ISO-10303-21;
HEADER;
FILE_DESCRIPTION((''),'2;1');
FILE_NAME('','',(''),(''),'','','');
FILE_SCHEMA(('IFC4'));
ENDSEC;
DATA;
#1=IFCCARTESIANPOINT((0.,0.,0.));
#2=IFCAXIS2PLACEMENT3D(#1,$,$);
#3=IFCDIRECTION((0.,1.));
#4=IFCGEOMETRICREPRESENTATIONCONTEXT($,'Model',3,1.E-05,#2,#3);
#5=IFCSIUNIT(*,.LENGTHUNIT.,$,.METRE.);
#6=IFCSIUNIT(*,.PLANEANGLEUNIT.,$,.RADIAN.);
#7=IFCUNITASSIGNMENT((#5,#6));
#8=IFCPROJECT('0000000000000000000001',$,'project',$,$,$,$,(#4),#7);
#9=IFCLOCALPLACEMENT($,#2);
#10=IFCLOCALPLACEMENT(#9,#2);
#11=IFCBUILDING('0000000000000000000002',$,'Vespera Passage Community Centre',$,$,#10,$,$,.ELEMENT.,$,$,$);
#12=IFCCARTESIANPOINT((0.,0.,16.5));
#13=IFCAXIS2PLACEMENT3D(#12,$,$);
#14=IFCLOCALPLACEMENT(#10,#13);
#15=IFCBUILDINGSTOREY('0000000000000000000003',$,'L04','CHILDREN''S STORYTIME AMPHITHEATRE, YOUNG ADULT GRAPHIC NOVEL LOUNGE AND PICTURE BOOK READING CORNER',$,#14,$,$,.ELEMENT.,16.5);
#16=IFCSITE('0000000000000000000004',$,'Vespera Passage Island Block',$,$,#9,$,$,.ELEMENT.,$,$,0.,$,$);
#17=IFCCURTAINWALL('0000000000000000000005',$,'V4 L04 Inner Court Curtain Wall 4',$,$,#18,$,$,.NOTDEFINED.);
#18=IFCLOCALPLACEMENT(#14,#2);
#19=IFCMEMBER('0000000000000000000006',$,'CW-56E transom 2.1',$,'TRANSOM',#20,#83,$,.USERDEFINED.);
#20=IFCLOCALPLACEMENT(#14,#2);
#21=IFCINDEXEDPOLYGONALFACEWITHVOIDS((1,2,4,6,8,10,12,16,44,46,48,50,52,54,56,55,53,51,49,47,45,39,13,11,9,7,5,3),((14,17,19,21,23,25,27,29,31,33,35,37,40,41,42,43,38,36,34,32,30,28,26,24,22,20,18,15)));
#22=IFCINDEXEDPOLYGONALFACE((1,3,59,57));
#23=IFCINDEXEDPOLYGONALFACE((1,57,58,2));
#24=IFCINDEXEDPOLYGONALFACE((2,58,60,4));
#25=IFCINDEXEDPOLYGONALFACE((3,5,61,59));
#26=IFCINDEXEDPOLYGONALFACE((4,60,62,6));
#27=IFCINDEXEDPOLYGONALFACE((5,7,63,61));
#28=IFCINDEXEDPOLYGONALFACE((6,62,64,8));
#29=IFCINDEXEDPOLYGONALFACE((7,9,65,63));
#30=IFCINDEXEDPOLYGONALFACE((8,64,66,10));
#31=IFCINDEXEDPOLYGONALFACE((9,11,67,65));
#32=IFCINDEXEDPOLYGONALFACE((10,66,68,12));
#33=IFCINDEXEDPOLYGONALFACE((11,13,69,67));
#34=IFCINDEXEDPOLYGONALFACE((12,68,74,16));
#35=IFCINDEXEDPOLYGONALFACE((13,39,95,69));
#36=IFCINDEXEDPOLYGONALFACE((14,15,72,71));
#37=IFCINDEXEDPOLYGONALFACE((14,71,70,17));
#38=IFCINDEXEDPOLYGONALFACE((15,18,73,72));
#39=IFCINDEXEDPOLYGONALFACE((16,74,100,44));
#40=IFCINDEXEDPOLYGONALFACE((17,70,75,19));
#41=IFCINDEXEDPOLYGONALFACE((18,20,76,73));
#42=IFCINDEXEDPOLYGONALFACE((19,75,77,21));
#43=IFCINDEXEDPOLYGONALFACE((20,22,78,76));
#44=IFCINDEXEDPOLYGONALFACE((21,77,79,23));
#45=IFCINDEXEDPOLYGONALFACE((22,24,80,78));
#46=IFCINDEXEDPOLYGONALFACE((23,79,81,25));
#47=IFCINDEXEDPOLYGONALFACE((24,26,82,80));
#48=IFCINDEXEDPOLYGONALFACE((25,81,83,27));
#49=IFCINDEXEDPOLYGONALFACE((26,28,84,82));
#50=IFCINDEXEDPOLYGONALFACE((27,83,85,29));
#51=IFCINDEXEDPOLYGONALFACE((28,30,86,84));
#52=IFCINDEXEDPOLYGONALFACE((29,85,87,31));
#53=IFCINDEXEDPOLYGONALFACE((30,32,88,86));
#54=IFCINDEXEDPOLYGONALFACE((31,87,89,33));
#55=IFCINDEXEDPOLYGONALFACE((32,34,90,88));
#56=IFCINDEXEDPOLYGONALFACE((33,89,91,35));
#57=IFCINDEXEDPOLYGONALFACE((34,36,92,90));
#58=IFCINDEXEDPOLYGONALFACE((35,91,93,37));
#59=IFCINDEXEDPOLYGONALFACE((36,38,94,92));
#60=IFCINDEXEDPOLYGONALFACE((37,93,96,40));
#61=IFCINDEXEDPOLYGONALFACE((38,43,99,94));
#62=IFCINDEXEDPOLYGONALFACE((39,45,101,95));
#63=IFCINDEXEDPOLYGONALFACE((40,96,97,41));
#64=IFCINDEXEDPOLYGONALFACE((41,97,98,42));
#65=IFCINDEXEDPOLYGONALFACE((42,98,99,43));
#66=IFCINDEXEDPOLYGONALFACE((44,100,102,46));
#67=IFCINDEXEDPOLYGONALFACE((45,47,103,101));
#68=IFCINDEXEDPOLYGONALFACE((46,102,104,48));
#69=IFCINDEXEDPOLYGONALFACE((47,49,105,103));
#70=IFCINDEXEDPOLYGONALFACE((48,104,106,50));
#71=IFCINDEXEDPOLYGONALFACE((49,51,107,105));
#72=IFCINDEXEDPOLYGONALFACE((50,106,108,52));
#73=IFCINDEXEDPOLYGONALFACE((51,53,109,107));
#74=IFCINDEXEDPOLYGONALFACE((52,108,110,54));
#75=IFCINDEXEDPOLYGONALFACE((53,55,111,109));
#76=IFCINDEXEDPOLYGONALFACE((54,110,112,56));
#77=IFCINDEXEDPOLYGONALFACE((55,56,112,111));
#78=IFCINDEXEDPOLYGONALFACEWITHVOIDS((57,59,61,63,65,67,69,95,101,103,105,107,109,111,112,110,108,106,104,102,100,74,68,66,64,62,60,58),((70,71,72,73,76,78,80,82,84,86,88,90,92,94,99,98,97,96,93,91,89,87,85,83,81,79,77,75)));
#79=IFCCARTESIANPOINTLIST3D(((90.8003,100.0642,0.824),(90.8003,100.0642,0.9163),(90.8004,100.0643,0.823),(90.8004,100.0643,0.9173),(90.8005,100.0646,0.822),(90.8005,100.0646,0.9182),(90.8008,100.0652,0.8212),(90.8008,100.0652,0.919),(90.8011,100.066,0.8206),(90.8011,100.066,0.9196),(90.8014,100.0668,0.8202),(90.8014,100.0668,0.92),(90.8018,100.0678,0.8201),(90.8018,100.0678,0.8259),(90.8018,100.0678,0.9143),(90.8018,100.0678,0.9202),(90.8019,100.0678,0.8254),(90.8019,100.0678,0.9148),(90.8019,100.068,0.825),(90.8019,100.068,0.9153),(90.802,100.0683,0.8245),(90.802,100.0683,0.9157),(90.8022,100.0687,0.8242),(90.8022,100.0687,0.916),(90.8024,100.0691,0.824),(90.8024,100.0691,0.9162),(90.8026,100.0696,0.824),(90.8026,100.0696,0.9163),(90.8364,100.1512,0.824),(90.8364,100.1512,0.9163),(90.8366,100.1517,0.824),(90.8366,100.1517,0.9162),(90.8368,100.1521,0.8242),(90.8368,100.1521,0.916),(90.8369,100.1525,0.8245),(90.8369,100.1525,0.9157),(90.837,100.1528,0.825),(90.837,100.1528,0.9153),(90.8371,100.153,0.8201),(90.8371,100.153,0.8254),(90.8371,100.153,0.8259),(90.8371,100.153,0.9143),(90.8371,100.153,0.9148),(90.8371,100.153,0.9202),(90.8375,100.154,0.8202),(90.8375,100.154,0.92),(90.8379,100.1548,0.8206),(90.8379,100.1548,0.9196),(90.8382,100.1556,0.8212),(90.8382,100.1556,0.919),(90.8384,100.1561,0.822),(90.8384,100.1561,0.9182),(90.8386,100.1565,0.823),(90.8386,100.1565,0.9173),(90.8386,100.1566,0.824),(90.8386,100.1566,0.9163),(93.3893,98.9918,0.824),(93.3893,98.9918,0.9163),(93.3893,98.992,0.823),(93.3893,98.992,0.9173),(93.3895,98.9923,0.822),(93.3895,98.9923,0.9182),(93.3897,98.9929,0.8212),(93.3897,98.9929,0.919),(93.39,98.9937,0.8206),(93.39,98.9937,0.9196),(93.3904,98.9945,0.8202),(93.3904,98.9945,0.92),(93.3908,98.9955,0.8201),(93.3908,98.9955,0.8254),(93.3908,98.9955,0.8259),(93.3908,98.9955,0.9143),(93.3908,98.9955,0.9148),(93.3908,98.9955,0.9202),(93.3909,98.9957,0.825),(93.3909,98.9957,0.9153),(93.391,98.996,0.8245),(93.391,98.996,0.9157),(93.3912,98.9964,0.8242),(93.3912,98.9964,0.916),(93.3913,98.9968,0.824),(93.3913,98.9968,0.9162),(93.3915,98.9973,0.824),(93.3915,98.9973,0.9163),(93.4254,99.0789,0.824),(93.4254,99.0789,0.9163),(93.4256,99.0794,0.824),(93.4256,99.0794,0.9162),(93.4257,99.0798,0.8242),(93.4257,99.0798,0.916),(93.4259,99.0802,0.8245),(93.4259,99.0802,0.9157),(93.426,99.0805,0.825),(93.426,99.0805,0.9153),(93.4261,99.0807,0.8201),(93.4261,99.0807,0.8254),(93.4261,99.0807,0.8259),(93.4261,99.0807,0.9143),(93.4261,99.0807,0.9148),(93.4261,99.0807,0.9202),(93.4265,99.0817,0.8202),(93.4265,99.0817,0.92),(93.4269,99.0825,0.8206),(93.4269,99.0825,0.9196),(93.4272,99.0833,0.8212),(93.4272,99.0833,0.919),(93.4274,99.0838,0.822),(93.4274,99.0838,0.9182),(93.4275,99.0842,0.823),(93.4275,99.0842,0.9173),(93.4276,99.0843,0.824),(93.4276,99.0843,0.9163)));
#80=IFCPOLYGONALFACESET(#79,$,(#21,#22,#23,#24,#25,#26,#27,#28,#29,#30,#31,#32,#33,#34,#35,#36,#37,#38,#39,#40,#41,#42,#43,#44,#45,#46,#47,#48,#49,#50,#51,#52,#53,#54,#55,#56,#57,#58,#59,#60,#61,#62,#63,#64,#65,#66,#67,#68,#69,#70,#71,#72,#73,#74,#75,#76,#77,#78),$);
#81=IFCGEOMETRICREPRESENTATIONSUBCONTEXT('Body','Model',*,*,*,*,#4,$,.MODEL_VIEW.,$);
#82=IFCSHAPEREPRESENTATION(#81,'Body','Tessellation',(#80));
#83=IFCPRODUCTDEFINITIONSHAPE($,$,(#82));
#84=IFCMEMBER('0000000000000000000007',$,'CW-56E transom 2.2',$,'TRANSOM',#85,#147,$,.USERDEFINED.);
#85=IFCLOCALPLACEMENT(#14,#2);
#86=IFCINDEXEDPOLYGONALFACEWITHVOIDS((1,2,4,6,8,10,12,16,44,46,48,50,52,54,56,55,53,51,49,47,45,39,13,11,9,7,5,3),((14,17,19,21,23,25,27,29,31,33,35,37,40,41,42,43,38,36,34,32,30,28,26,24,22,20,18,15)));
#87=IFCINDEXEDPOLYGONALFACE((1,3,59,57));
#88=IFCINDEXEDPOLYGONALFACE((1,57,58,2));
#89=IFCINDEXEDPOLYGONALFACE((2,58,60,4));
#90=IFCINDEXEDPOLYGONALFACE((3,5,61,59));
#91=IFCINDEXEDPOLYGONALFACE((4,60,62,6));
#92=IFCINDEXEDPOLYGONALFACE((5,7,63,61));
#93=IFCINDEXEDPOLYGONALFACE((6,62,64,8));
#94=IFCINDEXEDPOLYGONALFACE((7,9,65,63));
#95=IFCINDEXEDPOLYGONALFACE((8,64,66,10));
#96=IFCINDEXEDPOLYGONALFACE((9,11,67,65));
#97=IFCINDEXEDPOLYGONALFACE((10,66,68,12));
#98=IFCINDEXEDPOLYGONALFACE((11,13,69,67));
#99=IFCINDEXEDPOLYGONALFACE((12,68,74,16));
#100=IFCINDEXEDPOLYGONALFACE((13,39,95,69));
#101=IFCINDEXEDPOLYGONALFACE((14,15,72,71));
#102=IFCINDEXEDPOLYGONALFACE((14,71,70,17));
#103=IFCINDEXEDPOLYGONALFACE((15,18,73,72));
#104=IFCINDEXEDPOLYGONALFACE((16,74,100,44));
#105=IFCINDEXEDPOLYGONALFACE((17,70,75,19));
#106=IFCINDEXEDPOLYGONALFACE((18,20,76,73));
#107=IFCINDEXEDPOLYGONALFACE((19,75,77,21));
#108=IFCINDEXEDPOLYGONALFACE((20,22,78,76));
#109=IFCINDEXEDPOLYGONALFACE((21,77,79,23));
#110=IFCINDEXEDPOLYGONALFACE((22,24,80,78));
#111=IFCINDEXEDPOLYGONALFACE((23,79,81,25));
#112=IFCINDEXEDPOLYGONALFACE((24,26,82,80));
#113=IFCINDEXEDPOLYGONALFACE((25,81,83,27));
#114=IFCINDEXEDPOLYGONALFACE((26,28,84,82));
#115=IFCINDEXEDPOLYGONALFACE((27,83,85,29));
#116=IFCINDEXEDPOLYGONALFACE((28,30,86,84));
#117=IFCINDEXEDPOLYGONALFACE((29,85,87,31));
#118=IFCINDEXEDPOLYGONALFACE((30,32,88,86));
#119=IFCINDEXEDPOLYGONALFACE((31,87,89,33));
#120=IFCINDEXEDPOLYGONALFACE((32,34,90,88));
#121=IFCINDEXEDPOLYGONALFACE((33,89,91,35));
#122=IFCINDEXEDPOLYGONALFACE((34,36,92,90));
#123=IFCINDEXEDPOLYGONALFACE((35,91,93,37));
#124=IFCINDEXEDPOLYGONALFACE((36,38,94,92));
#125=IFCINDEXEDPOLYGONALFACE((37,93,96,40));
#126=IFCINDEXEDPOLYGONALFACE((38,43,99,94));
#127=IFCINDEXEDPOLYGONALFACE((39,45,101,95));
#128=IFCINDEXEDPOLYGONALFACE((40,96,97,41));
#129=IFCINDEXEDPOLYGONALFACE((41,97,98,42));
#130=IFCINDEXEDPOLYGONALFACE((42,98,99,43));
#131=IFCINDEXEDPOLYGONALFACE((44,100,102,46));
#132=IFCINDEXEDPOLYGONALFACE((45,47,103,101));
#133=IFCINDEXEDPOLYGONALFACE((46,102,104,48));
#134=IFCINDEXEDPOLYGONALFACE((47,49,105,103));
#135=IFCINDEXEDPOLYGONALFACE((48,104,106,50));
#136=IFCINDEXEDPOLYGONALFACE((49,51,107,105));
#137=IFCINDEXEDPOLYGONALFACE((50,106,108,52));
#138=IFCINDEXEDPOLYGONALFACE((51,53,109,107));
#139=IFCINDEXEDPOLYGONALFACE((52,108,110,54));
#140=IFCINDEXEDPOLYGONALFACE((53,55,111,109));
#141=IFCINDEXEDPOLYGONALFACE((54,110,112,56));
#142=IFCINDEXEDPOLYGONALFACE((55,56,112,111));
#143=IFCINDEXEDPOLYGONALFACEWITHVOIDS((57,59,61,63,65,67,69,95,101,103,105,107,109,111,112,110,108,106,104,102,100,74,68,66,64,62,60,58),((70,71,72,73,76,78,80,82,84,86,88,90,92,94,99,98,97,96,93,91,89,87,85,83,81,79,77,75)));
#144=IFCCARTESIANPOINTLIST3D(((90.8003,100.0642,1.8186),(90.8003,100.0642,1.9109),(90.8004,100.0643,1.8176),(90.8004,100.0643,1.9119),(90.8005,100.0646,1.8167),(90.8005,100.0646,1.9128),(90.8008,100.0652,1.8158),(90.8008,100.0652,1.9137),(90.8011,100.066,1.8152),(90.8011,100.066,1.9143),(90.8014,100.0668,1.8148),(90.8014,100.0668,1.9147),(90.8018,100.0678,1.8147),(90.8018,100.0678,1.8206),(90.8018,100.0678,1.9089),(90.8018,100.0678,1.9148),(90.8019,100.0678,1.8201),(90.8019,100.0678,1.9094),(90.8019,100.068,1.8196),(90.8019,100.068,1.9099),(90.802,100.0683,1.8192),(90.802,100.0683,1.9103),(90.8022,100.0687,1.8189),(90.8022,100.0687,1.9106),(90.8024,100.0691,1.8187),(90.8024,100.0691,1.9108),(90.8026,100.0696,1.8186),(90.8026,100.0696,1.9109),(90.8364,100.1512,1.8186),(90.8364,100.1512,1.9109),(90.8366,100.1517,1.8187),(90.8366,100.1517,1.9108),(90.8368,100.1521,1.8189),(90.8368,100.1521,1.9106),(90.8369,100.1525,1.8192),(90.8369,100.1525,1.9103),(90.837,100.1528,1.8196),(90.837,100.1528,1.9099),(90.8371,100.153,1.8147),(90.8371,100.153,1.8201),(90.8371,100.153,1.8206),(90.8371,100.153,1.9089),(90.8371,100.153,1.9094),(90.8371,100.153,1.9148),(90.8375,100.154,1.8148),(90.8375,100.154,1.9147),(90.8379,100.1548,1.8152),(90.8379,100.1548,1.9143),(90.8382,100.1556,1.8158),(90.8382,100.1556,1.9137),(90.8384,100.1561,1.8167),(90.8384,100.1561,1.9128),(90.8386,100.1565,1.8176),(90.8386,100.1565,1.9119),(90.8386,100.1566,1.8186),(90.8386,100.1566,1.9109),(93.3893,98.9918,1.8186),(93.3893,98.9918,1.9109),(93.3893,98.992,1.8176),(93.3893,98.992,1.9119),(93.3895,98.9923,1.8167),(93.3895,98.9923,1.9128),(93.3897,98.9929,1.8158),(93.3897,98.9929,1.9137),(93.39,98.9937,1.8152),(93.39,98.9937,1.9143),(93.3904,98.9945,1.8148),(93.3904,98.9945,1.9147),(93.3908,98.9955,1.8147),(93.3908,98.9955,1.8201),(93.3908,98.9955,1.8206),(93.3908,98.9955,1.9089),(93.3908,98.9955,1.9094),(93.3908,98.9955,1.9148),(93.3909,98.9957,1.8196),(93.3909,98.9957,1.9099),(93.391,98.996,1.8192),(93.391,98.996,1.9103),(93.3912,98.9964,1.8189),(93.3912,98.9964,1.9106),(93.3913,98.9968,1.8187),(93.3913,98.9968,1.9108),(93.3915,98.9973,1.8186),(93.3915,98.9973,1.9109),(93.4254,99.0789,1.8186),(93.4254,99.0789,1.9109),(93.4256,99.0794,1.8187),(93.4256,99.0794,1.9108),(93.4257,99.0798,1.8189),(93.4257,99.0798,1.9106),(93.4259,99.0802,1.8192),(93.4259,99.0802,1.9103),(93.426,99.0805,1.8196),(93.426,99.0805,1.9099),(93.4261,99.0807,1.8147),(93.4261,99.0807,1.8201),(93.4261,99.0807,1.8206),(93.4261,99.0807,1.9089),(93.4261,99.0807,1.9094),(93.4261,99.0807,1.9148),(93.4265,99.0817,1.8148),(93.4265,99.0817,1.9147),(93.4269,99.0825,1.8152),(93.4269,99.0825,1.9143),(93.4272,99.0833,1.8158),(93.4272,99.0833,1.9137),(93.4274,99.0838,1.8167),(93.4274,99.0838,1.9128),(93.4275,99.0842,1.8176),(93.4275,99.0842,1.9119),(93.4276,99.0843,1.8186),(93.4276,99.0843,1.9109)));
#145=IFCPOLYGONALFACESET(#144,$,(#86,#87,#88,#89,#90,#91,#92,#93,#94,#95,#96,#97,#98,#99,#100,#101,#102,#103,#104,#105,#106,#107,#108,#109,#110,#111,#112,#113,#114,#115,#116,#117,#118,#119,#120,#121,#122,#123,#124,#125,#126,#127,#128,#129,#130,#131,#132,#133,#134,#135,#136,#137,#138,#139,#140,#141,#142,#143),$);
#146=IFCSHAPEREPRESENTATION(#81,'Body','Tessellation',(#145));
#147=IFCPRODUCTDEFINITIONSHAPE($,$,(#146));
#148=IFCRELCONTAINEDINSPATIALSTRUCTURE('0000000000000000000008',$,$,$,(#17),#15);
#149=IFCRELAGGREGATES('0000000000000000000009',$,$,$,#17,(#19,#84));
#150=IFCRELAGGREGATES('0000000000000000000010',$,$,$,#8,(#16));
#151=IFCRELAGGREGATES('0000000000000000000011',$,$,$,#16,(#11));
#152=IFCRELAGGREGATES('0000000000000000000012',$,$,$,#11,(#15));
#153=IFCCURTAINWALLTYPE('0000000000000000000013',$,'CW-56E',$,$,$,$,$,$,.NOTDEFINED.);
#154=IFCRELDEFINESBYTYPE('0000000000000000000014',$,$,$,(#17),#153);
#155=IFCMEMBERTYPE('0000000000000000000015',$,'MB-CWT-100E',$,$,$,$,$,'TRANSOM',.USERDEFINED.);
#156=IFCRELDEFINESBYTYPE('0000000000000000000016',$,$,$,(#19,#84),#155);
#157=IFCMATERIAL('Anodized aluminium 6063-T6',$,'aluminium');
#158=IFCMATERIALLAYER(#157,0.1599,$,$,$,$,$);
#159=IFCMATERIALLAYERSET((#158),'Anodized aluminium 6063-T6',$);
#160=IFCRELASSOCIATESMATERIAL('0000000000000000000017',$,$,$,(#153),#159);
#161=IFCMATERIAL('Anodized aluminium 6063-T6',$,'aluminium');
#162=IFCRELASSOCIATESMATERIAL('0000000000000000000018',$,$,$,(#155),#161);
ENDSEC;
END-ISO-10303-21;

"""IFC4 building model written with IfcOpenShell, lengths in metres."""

from ifc_helpers import new_model, si_unit, direction, frame, origin, origin_2d, place, context, subcontext, project, spatial, hollow_rectangle, extrude, material, layer, layer_set, material_profile, profile_set, type_object, element, aggregate, save


model = new_model("IFC4")

# Units and contexts
model_context = context("Model", 3, precision=1e-05, world=origin(), true_north=direction((0.0, 1.0)))
body_context = subcontext(model_context, "Body", "Model", "MODEL_VIEW")
ifc_project = project(units=[si_unit("LENGTHUNIT", "METRE"), si_unit("PLANEANGLEUNIT", "RADIAN")], contexts=[model_context])

# Site, building, storey
site_placement = place(None, origin())
site = spatial("IfcSite", under=ifc_project, at=site_placement, Name="Vespera Passage Island Block", CompositionType="ELEMENT", RefElevation=0.0)
building_placement = place(site_placement, origin())
building = spatial("IfcBuilding", under=site, at=building_placement, Name="Vespera Passage Community Centre", CompositionType="ELEMENT")
storey_placement = place(building_placement, frame((0.0, 0.0, 16.5)))
storey = spatial("IfcBuildingStorey", under=building, at=storey_placement, Name="L04", Description="CHILDREN'S STORYTIME AMPHITHEATRE, YOUNG ADULT GRAPHIC NOVEL LOUNGE AND PICTURE BOOK READING CORNER", CompositionType="ELEMENT", Elevation=16.5)

# Curtain wall, members
ifc_material_1 = material(Name="Anodized aluminium 6063-T6", Category="aluminium")
ifc_layer_1 = layer(ifc_material_1, 0.1599)
ifc_layer_set_1 = layer_set([ifc_layer_1], Name="Anodized aluminium 6063-T6")
curtain_wall_type_1 = type_object("IfcCurtainWallType", Name="CW-56E", PredefinedType="NOTDEFINED", material=ifc_layer_set_1)
curtain_wall_1_placement = place(storey_placement, origin())
curtain_wall_1 = element("IfcCurtainWall", 1, at=curtain_wall_1_placement, inside=storey, type_object=curtain_wall_type_1, Name="V4 L04 Inner Court Curtain Wall 4", PredefinedType="NOTDEFINED")
ifc_material_2 = material(Name="Anodized aluminium 6063-T6", Category="aluminium")
ifc_material_profile_1 = material_profile(ifc_material_2, hollow_rectangle(XDim=0.1001, YDim=0.1001, WallThickness=0.0039, InnerFilletRadius=0.002, OuterFilletRadius=0.0039, at=origin_2d()), Name="ALU100X100X4")
ifc_profile_set_1 = profile_set([ifc_material_profile_1], Name="Anodized aluminium 6063-T6")
member_type_1 = type_object("IfcMemberType", Name="MB-CWT-100E", ElementType="TRANSOM", PredefinedType="USERDEFINED", material=ifc_profile_set_1)
member_1_placement = place(storey_placement, frame((93.4084, 99.0381, 0.8701), z_axis=(-0.923889, 0.38266, 0.0), x_axis=(-0.38266, -0.923889, 0.0)))
member_1 = element("IfcMember", 2, at=member_1_placement, type_object=member_type_1, Name="CW-56E transom 2.1", ObjectType="TRANSOM", PredefinedType="USERDEFINED", context=body_context, shape_type="SweptSolid", body=[
    extrude(hollow_rectangle(XDim=0.1001, YDim=0.1001, WallThickness=0.0039, InnerFilletRadius=0.002, OuterFilletRadius=0.0039, at=origin_2d()), origin(), (0.0, 0.0, 1.0), 2.8022),
])
member_2_placement = place(storey_placement, frame((93.4084, 99.0381, 1.8647), z_axis=(-0.923889, 0.38266, 0.0), x_axis=(-0.38266, -0.923889, 0.0)))
member_2 = element("IfcMember", 3, at=member_2_placement, type_object=member_type_1, Name="CW-56E transom 2.2", ObjectType="TRANSOM", PredefinedType="USERDEFINED", context=body_context, shape_type="SweptSolid", body=[
    extrude(hollow_rectangle(XDim=0.1001, YDim=0.1001, WallThickness=0.0039, InnerFilletRadius=0.002, OuterFilletRadius=0.0039, at=origin_2d()), origin(), (0.0, 0.0, 1.0), 2.8022),
])

aggregate(curtain_wall_1, [member_1, member_2])

save(model, "model.ifc")
